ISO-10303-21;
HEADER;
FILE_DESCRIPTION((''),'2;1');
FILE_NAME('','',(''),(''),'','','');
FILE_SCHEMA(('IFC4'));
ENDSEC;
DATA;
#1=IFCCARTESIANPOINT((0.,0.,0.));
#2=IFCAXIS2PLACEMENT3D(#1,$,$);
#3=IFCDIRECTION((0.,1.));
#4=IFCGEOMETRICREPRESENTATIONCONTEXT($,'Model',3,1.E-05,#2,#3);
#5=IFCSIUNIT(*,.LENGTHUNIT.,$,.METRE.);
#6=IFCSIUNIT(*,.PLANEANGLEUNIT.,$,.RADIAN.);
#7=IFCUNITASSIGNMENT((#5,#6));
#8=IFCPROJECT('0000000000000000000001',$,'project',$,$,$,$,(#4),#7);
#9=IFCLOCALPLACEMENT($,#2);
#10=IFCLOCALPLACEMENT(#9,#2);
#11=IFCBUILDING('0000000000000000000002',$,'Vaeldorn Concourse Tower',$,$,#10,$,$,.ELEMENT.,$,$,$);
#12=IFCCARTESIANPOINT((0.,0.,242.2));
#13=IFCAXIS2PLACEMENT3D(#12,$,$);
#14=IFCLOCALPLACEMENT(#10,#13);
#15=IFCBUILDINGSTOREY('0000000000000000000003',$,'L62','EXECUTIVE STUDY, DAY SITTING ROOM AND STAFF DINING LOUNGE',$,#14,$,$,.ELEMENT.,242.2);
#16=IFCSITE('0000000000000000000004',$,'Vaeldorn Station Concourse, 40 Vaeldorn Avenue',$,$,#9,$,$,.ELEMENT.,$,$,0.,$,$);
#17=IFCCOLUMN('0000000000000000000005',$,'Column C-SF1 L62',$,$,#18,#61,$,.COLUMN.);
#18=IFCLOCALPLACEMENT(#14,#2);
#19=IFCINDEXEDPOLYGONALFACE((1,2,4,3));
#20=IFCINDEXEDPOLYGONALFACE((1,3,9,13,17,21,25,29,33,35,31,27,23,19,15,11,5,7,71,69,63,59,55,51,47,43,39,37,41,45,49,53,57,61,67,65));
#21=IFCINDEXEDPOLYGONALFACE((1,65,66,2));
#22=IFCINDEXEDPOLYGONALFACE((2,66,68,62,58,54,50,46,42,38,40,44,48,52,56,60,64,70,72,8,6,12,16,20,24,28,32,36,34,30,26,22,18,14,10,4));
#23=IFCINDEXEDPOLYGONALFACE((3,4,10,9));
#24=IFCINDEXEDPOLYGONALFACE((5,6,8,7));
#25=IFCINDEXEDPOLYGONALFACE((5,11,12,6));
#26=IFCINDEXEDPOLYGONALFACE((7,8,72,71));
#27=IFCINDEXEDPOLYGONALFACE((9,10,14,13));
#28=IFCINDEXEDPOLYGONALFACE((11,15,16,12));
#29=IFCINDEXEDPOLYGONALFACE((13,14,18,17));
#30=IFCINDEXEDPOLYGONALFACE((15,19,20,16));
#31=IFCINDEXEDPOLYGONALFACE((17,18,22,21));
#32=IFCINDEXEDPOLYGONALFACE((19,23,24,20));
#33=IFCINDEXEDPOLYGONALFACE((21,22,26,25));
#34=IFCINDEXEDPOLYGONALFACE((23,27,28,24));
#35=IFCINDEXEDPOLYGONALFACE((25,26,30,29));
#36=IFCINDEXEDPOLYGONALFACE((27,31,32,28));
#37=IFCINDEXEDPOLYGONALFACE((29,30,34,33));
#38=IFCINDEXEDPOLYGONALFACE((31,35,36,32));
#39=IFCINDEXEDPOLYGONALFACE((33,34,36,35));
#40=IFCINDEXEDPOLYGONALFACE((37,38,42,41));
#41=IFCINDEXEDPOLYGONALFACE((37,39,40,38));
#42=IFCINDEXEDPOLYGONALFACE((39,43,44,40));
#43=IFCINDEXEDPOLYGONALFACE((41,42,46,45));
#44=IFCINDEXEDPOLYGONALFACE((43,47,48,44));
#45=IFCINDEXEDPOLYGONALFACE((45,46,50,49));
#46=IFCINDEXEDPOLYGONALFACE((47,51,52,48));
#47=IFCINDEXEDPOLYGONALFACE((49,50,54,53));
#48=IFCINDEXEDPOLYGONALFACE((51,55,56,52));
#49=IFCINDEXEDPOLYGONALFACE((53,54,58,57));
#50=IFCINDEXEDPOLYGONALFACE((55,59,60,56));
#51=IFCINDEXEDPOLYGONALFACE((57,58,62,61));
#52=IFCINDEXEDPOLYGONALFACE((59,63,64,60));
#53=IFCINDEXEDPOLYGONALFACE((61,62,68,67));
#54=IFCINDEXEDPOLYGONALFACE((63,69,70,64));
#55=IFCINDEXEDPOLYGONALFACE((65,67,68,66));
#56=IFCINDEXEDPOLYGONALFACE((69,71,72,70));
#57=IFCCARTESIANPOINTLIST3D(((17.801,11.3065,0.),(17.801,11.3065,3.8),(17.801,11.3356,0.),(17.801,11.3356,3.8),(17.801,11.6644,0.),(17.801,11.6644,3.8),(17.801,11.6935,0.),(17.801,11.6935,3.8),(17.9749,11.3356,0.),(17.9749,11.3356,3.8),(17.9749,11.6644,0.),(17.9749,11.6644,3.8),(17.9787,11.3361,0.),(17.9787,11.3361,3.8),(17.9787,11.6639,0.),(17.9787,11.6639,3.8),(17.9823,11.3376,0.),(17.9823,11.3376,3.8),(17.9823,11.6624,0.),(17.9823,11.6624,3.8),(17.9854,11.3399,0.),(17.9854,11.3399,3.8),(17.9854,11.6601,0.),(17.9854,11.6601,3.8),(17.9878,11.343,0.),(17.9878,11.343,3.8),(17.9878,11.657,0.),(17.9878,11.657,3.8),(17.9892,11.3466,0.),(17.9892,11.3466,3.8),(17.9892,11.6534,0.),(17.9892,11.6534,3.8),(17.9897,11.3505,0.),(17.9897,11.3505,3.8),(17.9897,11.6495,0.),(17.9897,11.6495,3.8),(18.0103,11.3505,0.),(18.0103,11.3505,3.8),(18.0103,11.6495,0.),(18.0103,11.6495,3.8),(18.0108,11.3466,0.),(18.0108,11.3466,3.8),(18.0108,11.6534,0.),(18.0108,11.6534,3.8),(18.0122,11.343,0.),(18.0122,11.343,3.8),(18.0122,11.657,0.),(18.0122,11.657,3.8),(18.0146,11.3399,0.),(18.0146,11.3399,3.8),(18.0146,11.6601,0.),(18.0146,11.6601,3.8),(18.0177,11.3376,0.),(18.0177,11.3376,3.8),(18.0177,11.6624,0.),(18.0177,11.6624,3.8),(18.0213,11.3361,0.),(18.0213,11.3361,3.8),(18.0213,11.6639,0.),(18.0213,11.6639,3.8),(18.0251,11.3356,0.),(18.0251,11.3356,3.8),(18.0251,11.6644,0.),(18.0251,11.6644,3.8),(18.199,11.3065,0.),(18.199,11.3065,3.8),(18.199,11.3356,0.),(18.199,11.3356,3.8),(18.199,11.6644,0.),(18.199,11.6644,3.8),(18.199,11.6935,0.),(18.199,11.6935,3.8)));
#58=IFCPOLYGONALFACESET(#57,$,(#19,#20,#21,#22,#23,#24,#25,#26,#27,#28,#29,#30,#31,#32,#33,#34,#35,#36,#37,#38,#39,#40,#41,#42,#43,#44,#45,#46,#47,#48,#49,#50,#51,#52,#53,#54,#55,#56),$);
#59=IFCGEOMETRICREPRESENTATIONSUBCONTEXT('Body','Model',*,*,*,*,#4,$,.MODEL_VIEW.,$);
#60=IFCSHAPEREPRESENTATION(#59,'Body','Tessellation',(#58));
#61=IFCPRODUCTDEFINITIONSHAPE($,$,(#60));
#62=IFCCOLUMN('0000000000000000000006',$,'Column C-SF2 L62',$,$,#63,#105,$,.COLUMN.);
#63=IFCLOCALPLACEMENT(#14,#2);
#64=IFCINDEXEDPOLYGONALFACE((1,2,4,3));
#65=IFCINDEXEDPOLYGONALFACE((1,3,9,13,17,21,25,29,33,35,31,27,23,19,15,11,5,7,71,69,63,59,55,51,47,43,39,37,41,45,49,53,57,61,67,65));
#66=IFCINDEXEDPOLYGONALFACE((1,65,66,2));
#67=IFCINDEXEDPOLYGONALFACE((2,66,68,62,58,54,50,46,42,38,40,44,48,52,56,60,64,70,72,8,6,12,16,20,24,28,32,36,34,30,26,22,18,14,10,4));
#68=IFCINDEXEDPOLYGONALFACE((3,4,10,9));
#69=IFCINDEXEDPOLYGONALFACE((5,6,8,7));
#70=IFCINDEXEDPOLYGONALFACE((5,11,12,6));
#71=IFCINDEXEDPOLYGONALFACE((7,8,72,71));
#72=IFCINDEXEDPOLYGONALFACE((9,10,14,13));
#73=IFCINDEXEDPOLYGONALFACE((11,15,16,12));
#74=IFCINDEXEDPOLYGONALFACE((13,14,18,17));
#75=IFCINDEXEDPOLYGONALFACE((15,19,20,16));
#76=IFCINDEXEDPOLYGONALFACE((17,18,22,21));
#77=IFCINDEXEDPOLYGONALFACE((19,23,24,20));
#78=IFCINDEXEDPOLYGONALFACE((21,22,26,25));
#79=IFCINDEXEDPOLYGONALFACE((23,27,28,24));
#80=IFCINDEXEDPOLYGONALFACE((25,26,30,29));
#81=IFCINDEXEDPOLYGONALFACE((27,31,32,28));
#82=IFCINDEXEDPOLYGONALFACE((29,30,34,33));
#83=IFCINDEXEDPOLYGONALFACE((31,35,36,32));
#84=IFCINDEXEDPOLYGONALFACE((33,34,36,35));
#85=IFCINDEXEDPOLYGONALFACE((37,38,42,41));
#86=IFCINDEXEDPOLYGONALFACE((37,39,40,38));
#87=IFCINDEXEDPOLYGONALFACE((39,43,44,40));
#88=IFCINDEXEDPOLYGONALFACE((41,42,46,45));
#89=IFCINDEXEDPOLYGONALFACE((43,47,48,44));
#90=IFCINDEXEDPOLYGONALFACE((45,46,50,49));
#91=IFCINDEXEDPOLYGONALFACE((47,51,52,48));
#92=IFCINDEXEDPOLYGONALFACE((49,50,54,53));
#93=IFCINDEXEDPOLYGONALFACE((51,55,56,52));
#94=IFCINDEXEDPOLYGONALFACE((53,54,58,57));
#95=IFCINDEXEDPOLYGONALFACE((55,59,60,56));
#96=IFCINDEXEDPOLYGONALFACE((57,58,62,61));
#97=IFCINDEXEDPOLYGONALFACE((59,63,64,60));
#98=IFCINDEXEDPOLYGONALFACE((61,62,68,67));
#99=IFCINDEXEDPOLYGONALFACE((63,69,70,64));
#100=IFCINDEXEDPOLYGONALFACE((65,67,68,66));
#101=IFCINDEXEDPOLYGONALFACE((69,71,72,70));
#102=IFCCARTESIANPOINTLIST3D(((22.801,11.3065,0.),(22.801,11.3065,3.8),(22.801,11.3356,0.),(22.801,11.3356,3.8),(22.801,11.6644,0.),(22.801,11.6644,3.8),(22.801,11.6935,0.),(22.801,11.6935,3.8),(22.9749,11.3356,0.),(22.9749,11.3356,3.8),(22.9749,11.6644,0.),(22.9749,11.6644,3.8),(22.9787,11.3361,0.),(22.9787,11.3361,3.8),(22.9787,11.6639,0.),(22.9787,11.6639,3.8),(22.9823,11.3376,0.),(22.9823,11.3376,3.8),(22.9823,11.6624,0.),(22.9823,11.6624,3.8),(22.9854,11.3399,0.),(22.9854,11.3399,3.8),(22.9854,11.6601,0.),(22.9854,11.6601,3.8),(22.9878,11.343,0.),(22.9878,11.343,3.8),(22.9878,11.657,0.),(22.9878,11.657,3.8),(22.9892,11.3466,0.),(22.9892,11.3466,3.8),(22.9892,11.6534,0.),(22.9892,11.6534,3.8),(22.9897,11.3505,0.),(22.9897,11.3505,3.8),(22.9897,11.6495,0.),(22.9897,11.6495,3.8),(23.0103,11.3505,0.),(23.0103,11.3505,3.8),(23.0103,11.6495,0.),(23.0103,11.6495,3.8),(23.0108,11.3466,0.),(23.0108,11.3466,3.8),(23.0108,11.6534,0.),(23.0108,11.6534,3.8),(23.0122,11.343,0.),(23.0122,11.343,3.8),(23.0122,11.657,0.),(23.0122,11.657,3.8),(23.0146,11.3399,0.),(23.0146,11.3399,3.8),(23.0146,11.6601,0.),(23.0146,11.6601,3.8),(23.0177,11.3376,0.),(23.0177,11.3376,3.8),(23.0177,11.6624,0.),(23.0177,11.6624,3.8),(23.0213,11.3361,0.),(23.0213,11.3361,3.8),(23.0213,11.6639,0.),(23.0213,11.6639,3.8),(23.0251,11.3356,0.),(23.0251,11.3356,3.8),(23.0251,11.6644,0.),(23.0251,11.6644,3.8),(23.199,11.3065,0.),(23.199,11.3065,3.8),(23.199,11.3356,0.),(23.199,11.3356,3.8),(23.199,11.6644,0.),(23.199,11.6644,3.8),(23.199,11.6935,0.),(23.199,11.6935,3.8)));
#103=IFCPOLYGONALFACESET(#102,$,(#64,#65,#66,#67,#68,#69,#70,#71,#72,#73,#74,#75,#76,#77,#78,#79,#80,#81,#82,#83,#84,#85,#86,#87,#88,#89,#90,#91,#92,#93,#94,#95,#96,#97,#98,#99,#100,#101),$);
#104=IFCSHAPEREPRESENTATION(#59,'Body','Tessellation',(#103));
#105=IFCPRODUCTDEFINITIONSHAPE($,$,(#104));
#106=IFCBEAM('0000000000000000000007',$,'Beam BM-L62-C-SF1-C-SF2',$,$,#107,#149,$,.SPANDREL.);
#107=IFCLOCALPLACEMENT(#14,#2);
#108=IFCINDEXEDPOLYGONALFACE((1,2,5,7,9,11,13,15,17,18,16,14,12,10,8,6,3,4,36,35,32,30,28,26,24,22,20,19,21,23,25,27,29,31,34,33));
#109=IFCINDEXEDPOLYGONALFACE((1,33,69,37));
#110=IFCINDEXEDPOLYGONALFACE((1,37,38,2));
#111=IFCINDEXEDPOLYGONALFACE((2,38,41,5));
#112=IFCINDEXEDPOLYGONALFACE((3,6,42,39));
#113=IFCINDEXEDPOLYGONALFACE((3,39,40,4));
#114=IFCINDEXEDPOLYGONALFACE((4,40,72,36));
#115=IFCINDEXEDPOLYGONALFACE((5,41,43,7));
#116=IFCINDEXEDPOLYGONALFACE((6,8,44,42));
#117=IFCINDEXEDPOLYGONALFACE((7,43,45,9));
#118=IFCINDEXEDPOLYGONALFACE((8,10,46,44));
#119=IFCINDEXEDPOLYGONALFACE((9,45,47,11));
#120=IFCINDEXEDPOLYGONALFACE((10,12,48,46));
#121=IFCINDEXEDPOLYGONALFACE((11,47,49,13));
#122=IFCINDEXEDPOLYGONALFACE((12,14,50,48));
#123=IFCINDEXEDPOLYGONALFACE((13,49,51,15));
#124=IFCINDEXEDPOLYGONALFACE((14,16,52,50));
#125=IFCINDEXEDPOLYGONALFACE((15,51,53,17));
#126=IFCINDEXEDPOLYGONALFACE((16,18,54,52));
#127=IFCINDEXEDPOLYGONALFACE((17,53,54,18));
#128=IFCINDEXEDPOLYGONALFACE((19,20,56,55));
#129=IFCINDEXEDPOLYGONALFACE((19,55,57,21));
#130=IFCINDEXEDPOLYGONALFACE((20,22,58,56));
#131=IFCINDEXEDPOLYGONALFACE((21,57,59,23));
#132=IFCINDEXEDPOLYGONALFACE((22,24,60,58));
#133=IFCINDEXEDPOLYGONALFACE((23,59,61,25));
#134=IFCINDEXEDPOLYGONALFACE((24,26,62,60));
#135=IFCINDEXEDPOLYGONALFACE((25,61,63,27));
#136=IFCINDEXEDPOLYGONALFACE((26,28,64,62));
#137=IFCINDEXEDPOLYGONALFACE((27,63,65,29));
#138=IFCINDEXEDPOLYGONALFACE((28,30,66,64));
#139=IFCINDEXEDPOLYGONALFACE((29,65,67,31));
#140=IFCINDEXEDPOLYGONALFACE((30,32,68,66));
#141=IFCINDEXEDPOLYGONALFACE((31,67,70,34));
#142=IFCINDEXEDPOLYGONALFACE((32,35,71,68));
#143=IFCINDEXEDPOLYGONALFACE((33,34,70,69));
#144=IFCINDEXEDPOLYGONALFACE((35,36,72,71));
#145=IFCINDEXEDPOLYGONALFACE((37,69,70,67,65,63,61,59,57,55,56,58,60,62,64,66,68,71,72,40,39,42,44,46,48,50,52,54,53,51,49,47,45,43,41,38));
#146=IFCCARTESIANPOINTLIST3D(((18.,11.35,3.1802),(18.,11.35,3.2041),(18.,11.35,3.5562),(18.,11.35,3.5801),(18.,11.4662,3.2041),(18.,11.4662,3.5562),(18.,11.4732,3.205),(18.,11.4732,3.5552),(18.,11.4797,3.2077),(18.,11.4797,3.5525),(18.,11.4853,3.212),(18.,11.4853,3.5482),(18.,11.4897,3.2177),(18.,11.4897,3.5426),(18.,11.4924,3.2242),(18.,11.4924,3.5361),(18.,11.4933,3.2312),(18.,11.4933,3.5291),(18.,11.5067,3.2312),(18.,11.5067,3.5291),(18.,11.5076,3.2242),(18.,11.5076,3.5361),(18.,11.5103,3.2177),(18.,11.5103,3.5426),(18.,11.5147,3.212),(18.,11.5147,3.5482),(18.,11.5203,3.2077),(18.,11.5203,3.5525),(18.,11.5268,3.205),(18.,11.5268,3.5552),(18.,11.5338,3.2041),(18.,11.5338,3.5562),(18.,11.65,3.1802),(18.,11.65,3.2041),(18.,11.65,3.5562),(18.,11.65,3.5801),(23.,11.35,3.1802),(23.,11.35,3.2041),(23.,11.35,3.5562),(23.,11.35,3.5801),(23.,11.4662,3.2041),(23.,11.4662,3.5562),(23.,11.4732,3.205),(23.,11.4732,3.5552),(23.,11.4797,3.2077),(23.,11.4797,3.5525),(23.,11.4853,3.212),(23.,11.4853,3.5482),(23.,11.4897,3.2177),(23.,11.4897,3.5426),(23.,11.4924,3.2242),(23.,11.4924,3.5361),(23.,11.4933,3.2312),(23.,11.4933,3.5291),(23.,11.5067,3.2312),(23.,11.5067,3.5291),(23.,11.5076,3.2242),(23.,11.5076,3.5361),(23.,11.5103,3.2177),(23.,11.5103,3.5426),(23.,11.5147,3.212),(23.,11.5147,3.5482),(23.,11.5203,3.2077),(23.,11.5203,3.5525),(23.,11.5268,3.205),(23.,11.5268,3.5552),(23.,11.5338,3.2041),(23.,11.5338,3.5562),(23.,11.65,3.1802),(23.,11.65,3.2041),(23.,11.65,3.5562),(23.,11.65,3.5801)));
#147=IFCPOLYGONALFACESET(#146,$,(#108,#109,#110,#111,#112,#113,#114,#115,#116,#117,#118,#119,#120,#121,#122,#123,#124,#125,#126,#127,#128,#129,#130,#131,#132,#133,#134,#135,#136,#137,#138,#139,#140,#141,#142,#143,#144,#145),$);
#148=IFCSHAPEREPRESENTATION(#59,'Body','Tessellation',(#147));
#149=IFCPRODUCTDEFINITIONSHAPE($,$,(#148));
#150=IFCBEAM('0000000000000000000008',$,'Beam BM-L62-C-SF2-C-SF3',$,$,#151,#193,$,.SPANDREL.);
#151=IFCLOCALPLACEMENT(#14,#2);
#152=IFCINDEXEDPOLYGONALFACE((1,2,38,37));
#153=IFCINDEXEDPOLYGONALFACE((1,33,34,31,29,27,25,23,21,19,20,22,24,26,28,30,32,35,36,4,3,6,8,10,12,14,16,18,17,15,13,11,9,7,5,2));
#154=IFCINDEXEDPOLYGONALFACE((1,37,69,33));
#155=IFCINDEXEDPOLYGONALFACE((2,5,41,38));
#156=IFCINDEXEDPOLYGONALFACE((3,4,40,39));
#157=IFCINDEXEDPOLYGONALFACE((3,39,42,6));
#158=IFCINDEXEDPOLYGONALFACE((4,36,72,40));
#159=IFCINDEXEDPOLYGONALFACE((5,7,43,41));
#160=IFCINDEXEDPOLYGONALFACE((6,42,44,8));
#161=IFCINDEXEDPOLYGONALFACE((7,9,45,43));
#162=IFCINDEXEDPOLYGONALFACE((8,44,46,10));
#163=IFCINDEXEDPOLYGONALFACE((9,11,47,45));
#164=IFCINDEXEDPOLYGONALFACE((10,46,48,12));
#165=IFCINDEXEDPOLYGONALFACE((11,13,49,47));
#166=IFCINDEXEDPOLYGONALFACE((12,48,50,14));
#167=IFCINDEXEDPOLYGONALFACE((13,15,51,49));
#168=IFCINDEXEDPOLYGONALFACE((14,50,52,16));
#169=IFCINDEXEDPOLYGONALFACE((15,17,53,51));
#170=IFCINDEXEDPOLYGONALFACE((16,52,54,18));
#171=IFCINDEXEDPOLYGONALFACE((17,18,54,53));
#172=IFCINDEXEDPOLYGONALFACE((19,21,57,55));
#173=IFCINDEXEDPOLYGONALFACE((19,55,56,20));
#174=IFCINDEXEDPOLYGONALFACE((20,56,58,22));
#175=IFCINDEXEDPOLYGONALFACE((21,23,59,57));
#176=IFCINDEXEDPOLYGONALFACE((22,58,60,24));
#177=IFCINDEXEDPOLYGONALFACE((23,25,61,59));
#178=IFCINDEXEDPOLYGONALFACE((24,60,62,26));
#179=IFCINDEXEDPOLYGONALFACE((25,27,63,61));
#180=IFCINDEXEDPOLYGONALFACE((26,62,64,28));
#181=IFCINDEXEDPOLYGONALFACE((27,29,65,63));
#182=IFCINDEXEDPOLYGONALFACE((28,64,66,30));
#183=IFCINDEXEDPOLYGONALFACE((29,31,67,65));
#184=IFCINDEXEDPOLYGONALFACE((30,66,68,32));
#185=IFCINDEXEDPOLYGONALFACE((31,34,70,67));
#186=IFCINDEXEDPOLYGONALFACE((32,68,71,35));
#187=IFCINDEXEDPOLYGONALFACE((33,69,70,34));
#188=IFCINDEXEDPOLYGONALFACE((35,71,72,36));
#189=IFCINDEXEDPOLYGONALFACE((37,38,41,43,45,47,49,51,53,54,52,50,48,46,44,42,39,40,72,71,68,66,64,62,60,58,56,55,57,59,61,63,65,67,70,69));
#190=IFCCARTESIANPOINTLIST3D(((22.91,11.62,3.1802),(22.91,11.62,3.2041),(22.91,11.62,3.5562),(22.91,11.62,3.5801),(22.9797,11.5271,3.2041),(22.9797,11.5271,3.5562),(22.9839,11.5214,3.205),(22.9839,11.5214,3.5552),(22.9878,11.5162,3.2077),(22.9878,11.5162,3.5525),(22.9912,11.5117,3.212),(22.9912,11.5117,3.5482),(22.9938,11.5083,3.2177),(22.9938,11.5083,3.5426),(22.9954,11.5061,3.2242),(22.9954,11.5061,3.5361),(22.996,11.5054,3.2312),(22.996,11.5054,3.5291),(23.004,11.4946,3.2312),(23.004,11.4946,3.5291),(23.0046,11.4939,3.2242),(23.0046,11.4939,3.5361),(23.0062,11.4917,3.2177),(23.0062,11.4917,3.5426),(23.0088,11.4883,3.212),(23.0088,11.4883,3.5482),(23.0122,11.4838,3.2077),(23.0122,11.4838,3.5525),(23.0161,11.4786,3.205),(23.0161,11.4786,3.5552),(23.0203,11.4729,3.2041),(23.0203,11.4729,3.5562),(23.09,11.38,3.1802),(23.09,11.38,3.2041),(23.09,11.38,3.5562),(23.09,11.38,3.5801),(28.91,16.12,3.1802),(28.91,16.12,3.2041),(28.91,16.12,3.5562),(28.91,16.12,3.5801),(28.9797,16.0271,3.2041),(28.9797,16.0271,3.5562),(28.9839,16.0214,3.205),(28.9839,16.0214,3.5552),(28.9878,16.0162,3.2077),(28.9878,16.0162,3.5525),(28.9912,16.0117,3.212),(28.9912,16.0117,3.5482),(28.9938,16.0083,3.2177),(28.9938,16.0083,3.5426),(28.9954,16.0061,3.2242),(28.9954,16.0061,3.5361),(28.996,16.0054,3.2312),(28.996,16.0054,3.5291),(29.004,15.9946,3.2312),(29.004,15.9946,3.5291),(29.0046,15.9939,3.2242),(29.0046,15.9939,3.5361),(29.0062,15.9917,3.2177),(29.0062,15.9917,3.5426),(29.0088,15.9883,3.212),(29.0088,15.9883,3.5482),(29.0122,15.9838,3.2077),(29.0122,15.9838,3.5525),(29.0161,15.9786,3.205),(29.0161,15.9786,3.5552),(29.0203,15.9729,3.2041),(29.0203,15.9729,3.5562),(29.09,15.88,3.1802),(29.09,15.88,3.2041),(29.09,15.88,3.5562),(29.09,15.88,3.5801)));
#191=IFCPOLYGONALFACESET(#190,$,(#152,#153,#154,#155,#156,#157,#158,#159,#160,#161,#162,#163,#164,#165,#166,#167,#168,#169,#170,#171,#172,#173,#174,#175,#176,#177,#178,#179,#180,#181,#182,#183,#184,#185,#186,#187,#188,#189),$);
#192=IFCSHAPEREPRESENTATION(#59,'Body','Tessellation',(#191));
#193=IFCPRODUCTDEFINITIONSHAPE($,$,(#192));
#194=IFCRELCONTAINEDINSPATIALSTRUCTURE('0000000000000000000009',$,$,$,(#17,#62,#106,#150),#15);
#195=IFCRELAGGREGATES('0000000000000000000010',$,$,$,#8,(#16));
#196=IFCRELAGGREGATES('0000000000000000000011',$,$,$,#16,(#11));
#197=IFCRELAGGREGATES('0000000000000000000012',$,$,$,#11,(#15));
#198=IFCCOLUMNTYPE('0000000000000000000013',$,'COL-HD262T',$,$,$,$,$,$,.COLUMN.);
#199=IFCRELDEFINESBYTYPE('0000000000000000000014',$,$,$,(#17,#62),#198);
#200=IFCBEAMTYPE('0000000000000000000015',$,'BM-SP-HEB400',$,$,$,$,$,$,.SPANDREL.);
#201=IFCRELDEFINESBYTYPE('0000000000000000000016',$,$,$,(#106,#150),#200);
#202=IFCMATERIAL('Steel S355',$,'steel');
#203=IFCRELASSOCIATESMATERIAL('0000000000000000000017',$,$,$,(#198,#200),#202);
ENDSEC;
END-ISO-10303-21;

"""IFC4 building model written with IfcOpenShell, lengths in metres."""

from ifc_helpers import new_model, si_unit, direction, frame, origin, origin_2d, place, context, subcontext, project, spatial, i_section, extrude, source, transform, mapped, material, material_profile, profile_set, type_object, element, save


model = new_model("IFC4")

# Units and contexts
model_context = context("Model", 3, precision=1e-05, world=origin(), true_north=direction((0.0, 1.0)))
body_context = subcontext(model_context, "Body", "Model", "MODEL_VIEW")
ifc_project = project(units=[si_unit("LENGTHUNIT", "METRE"), si_unit("PLANEANGLEUNIT", "RADIAN")], contexts=[model_context])

# Site, building, storey
site_placement = place(None, origin())
site = spatial("IfcSite", under=ifc_project, at=site_placement, Name="Vaeldorn Station Concourse, 40 Vaeldorn Avenue", CompositionType="ELEMENT", RefElevation=0.0)
building_placement = place(site_placement, origin())
building = spatial("IfcBuilding", under=site, at=building_placement, Name="Vaeldorn Concourse Tower", CompositionType="ELEMENT")
storey_placement = place(building_placement, frame((0.0, 0.0, 242.2)))
storey = spatial("IfcBuildingStorey", under=building, at=storey_placement, Name="L62", Description="EXECUTIVE STUDY, DAY SITTING ROOM AND STAFF DINING LOUNGE", CompositionType="ELEMENT", Elevation=242.2)

# Columns
ifc_material_1 = material(Name="Steel S355", Category="steel")
ifc_material_profile_1 = material_profile(ifc_material_1, i_section(OverallWidth=0.3979, OverallDepth=0.387, WebThickness=0.0205, FlangeThickness=0.0291, FilletRadius=0.0149, at=origin_2d()), Name="HD 400x262")
ifc_profile_set_1 = profile_set([ifc_material_profile_1], Name="Steel S355")
column_type = type_object("IfcColumnType", Name="COL-HD262T", PredefinedType="COLUMN", material=ifc_profile_set_1)
shared_shape_1 = source(origin(), body_context, "Body", "SweptSolid", [
    extrude(i_section(OverallWidth=0.3979, OverallDepth=0.387, WebThickness=0.0205, FlangeThickness=0.0291, FilletRadius=0.0149, at=origin_2d()), origin(), (0.0, 0.0, 1.0), 3.8),
])
for number, where, z_axis, x_axis, name in (
    (1, (18.0, 11.5, 0.0), (0.0, 0.0, 1.0), (1.0, 0.0, 0.0), "Column C-SF1 L62"),
    (2, (23.0, 11.5, 0.0), (0.0, 0.0, 1.0), (1.0, 0.0, 0.0), "Column C-SF2 L62"),
):
    element("IfcColumn", number, at=place(storey_placement, frame(where, z_axis=z_axis, x_axis=x_axis)), inside=storey, type_object=column_type, Name=name, PredefinedType="COLUMN", context=body_context, shape_type="MappedRepresentation", body=[
        mapped(shared_shape_1, transform((0.0, 0.0, 0.0), scale=1.0)),
    ])

# Beams
ifc_material_profile_2 = material_profile(ifc_material_1, i_section(OverallWidth=0.3, OverallDepth=0.3999, WebThickness=0.0134, FlangeThickness=0.0239, FilletRadius=0.0271, at=origin_2d()), Name="HEB 400")
ifc_profile_set_2 = profile_set([ifc_material_profile_2], Name="Steel S355")
beam_type_1 = type_object("IfcBeamType", Name="BM-SP-HEB400", PredefinedType="SPANDREL", material=ifc_profile_set_2)
shared_shape_2 = source(origin(), body_context, "Body", "SweptSolid", [
    extrude(i_section(OverallWidth=0.3, OverallDepth=0.3999, WebThickness=0.0134, FlangeThickness=0.0239, FilletRadius=0.0271, at=origin_2d()), origin(), (0.0, 0.0, 1.0), 5.0),
])
beam_1_placement = place(storey_placement, frame((18.0, 11.5, 3.3801), z_axis=(1.0, 0.0, 0.0), x_axis=(0.0, 1.0, 0.0)))
element("IfcBeam", 3, at=beam_1_placement, inside=storey, type_object=beam_type_1, Name="Beam BM-L62-C-SF1-C-SF2", PredefinedType="SPANDREL", context=body_context, shape_type="MappedRepresentation", body=[
    mapped(shared_shape_2, transform((0.0, 0.0, 0.0), scale=1.0)),
])
shared_shape_3 = source(origin(), body_context, "Body", "SweptSolid", [
    extrude(i_section(OverallWidth=0.3, OverallDepth=0.3999, WebThickness=0.0134, FlangeThickness=0.0239, FilletRadius=0.0271, at=origin_2d()), origin(), (0.0, 0.0, 1.0), 7.5),
])
beam_2_placement = place(storey_placement, frame((23.0, 11.5, 3.3801), z_axis=(0.8, 0.6, 0.0), x_axis=(-0.6, 0.8, 0.0)))
element("IfcBeam", 4, at=beam_2_placement, inside=storey, type_object=beam_type_1, Name="Beam BM-L62-C-SF2-C-SF3", PredefinedType="SPANDREL", context=body_context, shape_type="MappedRepresentation", body=[
    mapped(shared_shape_3, transform((0.0, 0.0, 0.0), scale=1.0)),
])

save(model, "model.ifc")
